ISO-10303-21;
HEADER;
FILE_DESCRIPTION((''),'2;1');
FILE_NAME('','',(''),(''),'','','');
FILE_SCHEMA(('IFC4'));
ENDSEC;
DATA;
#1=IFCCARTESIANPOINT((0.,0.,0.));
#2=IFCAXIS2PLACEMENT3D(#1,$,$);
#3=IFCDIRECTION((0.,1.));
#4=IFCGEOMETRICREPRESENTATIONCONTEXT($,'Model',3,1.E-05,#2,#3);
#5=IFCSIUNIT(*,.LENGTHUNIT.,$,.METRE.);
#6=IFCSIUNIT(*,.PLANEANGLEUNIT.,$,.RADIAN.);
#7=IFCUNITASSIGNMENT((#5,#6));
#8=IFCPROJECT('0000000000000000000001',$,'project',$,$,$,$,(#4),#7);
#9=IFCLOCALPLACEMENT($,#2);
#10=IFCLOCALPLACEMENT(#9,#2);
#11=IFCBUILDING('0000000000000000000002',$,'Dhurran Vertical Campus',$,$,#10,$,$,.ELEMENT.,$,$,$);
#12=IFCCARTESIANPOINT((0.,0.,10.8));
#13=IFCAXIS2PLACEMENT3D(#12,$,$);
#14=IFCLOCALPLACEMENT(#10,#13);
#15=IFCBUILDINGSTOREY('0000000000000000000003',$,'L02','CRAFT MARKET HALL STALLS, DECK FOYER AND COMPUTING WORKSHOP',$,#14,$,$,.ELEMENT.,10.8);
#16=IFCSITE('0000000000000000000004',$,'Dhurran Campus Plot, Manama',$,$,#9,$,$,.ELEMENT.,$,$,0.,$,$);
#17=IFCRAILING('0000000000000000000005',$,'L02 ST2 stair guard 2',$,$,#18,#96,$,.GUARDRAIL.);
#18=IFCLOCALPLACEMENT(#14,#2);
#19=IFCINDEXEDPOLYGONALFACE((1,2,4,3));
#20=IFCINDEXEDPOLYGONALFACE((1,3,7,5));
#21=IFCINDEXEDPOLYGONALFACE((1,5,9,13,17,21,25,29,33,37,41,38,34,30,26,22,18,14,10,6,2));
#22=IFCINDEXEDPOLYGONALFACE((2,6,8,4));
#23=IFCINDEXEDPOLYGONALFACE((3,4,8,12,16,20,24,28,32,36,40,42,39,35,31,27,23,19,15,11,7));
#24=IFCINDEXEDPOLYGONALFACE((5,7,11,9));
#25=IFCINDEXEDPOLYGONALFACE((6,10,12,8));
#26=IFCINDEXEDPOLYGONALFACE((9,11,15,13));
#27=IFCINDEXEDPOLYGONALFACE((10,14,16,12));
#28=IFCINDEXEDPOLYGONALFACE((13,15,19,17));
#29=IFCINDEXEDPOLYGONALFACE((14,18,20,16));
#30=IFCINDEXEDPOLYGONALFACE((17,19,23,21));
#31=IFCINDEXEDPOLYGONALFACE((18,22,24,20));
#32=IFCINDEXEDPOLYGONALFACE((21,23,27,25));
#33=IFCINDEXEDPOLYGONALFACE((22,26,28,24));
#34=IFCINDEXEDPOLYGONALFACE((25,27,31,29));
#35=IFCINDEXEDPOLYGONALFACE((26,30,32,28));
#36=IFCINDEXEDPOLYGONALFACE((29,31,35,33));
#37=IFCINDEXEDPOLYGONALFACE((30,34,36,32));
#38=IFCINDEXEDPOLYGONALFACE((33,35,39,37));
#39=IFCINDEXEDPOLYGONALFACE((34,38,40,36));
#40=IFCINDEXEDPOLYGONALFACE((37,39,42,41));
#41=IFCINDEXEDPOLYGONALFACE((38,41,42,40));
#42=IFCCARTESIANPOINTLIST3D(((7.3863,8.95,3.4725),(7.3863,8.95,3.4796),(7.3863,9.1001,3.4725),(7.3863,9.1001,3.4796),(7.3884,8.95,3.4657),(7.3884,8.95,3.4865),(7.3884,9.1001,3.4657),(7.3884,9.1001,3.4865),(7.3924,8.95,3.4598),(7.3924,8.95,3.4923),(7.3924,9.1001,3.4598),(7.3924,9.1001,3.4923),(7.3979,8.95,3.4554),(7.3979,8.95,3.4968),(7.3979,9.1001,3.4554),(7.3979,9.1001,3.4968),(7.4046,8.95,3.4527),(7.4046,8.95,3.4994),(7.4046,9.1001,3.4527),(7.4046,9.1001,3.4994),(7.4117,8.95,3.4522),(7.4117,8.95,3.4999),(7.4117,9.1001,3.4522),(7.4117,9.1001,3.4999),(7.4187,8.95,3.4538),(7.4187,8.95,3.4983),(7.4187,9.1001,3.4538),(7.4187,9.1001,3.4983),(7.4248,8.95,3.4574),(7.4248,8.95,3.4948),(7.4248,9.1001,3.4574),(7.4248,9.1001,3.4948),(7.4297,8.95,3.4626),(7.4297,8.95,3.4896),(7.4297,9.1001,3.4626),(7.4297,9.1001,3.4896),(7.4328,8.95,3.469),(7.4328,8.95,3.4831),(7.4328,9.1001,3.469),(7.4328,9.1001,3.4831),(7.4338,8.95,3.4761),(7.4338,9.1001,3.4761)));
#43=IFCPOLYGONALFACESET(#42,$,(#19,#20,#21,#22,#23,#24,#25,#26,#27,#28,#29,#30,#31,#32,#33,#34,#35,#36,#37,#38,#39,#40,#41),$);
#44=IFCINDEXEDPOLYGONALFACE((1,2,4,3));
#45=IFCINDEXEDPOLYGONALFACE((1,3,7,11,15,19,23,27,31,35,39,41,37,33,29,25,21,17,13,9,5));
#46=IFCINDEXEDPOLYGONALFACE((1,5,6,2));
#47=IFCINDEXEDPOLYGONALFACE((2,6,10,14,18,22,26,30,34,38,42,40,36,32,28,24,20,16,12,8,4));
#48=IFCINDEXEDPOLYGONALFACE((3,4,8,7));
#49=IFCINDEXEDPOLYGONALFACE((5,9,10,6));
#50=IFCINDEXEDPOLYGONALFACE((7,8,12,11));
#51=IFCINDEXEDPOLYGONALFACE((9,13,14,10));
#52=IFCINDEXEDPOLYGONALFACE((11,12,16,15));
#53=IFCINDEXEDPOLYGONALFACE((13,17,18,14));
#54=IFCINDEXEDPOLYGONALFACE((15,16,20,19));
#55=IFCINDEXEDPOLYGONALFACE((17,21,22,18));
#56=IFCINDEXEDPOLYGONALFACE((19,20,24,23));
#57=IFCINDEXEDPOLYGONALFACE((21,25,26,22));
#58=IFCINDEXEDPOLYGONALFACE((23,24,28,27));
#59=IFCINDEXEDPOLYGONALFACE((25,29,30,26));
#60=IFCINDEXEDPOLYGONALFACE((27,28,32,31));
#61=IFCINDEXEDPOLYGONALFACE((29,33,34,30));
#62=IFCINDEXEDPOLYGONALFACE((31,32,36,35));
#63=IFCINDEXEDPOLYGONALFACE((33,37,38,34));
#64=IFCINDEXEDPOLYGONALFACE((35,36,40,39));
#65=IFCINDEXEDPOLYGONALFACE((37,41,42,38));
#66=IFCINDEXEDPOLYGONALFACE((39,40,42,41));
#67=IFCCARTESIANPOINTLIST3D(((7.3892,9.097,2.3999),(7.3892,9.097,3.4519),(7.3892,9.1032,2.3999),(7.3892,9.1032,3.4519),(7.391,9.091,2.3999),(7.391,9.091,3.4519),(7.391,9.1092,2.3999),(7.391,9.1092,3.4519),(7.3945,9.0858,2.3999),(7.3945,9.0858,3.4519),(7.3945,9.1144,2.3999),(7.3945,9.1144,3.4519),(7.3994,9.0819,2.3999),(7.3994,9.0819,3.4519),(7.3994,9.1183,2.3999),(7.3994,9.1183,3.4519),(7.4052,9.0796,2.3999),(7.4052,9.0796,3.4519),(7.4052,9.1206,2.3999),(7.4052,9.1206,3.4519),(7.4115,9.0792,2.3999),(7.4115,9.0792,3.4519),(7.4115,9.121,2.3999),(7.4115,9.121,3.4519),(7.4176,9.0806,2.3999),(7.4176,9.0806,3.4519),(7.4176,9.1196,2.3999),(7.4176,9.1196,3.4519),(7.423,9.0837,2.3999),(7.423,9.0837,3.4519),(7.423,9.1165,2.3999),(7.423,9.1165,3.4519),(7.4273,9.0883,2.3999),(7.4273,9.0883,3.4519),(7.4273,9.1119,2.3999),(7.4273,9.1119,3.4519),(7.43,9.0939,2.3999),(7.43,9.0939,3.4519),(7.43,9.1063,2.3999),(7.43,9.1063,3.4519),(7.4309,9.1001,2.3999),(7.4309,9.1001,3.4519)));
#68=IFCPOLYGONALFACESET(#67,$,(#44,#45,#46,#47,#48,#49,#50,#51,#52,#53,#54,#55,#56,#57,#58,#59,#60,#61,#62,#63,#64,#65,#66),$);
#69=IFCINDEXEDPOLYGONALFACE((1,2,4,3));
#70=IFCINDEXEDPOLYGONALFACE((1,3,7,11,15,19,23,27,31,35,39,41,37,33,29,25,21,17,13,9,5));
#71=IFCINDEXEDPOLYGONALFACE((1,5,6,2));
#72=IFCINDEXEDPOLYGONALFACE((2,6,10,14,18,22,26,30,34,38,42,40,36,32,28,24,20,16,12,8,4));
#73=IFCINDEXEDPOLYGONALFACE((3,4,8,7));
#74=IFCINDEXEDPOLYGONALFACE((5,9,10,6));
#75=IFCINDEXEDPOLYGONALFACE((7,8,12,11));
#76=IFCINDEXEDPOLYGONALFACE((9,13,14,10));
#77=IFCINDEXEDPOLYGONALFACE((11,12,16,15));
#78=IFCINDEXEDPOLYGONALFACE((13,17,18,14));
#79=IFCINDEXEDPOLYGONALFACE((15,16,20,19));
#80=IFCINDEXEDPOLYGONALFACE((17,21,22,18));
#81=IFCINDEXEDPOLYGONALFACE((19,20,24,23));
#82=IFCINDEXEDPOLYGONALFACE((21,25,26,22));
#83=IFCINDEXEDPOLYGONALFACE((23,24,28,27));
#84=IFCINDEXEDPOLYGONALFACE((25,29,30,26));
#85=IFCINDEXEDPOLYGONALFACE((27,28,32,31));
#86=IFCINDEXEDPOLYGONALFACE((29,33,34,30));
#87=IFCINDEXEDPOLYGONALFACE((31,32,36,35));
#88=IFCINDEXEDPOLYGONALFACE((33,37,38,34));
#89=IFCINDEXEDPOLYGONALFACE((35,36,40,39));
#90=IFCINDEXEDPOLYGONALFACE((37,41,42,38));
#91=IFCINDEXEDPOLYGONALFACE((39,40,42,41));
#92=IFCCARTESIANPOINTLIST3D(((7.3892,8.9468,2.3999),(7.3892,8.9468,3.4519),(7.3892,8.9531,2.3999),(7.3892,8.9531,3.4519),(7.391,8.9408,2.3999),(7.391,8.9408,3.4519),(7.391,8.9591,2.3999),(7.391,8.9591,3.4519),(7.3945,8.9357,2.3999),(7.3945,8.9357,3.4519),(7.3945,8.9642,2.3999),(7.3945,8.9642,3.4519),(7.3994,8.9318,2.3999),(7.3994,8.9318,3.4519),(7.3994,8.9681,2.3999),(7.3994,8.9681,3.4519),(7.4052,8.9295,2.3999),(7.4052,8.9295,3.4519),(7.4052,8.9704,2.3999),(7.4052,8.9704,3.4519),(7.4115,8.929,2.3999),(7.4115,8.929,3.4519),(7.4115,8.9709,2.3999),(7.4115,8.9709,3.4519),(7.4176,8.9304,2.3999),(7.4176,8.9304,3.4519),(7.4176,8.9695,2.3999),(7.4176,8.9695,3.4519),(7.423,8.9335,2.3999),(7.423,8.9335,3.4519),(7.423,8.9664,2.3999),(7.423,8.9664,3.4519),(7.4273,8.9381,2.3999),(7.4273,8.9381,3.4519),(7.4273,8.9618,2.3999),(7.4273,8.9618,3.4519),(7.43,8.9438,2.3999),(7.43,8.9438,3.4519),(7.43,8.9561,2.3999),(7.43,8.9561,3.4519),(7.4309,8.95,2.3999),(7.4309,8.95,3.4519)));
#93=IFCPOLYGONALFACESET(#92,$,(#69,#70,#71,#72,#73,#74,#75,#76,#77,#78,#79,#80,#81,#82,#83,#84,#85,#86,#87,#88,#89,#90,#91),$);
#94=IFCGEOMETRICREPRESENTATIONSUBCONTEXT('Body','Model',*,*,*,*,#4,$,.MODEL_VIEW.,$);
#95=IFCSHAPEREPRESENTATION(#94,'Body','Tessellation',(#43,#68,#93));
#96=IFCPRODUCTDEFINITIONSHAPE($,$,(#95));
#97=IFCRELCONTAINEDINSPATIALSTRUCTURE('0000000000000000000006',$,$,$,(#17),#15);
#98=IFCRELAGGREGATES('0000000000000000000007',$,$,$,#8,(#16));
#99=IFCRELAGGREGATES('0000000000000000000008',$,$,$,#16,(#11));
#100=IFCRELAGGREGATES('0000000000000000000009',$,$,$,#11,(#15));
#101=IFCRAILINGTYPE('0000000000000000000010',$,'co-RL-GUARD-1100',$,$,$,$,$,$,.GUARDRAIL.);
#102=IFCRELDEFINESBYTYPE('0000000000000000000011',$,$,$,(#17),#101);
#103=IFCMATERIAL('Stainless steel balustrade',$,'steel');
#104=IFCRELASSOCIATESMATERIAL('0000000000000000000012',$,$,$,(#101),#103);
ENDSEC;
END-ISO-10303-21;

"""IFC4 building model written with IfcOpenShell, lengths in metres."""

from ifc_helpers import new_model, si_unit, direction, frame, origin, origin_2d, place, context, subcontext, project, spatial, circle, extrude, material, type_object, element, save


model = new_model("IFC4")

# Units and contexts
model_context = context("Model", 3, precision=1e-05, world=origin(), true_north=direction((0.0, 1.0)))
body_context = subcontext(model_context, "Body", "Model", "MODEL_VIEW")
ifc_project = project(units=[si_unit("LENGTHUNIT", "METRE"), si_unit("PLANEANGLEUNIT", "RADIAN")], contexts=[model_context])

# Site, building, storey
site_placement = place(None, origin())
site = spatial("IfcSite", under=ifc_project, at=site_placement, Name="Dhurran Campus Plot, Manama", CompositionType="ELEMENT", RefElevation=0.0)
building_placement = place(site_placement, origin())
building = spatial("IfcBuilding", under=site, at=building_placement, Name="Dhurran Vertical Campus", CompositionType="ELEMENT")
storey_placement = place(building_placement, frame((0.0, 0.0, 10.8)))
storey = spatial("IfcBuildingStorey", under=building, at=storey_placement, Name="L02", Description="CRAFT MARKET HALL STALLS, DECK FOYER AND COMPUTING WORKSHOP", CompositionType="ELEMENT", Elevation=10.8)

# Railing
ifc_material_1 = material(Name="Stainless steel balustrade", Category="steel")
railing_type_1 = type_object("IfcRailingType", Name="co-RL-GUARD-1100", PredefinedType="GUARDRAIL", material=ifc_material_1)
railing_1_placement = place(storey_placement, frame((7.4099, 9.1001, 2.3999)))
element("IfcRailing", 1, at=railing_1_placement, inside=storey, type_object=railing_type_1, Name="L02 ST2 stair guard 2", PredefinedType="GUARDRAIL", context=body_context, shape_type="SweptSolid", body=[
    extrude(circle(Radius=0.0239, at=origin_2d()), frame((0.0, 0.0, 1.0762), z_axis=(0.0, -1.0, 0.0), x_axis=(1.0, 0.0, 0.0)), (0.0, 0.0, 1.0), 0.1501),
    extrude(circle(Radius=0.021, at=origin_2d()), origin(), (0.0, 0.0, 1.0), 1.052),
    extrude(circle(Radius=0.021, at=origin_2d()), frame((0.0, -0.1501, 0.0)), (0.0, 0.0, 1.0), 1.052),
])

save(model, "model.ifc")
